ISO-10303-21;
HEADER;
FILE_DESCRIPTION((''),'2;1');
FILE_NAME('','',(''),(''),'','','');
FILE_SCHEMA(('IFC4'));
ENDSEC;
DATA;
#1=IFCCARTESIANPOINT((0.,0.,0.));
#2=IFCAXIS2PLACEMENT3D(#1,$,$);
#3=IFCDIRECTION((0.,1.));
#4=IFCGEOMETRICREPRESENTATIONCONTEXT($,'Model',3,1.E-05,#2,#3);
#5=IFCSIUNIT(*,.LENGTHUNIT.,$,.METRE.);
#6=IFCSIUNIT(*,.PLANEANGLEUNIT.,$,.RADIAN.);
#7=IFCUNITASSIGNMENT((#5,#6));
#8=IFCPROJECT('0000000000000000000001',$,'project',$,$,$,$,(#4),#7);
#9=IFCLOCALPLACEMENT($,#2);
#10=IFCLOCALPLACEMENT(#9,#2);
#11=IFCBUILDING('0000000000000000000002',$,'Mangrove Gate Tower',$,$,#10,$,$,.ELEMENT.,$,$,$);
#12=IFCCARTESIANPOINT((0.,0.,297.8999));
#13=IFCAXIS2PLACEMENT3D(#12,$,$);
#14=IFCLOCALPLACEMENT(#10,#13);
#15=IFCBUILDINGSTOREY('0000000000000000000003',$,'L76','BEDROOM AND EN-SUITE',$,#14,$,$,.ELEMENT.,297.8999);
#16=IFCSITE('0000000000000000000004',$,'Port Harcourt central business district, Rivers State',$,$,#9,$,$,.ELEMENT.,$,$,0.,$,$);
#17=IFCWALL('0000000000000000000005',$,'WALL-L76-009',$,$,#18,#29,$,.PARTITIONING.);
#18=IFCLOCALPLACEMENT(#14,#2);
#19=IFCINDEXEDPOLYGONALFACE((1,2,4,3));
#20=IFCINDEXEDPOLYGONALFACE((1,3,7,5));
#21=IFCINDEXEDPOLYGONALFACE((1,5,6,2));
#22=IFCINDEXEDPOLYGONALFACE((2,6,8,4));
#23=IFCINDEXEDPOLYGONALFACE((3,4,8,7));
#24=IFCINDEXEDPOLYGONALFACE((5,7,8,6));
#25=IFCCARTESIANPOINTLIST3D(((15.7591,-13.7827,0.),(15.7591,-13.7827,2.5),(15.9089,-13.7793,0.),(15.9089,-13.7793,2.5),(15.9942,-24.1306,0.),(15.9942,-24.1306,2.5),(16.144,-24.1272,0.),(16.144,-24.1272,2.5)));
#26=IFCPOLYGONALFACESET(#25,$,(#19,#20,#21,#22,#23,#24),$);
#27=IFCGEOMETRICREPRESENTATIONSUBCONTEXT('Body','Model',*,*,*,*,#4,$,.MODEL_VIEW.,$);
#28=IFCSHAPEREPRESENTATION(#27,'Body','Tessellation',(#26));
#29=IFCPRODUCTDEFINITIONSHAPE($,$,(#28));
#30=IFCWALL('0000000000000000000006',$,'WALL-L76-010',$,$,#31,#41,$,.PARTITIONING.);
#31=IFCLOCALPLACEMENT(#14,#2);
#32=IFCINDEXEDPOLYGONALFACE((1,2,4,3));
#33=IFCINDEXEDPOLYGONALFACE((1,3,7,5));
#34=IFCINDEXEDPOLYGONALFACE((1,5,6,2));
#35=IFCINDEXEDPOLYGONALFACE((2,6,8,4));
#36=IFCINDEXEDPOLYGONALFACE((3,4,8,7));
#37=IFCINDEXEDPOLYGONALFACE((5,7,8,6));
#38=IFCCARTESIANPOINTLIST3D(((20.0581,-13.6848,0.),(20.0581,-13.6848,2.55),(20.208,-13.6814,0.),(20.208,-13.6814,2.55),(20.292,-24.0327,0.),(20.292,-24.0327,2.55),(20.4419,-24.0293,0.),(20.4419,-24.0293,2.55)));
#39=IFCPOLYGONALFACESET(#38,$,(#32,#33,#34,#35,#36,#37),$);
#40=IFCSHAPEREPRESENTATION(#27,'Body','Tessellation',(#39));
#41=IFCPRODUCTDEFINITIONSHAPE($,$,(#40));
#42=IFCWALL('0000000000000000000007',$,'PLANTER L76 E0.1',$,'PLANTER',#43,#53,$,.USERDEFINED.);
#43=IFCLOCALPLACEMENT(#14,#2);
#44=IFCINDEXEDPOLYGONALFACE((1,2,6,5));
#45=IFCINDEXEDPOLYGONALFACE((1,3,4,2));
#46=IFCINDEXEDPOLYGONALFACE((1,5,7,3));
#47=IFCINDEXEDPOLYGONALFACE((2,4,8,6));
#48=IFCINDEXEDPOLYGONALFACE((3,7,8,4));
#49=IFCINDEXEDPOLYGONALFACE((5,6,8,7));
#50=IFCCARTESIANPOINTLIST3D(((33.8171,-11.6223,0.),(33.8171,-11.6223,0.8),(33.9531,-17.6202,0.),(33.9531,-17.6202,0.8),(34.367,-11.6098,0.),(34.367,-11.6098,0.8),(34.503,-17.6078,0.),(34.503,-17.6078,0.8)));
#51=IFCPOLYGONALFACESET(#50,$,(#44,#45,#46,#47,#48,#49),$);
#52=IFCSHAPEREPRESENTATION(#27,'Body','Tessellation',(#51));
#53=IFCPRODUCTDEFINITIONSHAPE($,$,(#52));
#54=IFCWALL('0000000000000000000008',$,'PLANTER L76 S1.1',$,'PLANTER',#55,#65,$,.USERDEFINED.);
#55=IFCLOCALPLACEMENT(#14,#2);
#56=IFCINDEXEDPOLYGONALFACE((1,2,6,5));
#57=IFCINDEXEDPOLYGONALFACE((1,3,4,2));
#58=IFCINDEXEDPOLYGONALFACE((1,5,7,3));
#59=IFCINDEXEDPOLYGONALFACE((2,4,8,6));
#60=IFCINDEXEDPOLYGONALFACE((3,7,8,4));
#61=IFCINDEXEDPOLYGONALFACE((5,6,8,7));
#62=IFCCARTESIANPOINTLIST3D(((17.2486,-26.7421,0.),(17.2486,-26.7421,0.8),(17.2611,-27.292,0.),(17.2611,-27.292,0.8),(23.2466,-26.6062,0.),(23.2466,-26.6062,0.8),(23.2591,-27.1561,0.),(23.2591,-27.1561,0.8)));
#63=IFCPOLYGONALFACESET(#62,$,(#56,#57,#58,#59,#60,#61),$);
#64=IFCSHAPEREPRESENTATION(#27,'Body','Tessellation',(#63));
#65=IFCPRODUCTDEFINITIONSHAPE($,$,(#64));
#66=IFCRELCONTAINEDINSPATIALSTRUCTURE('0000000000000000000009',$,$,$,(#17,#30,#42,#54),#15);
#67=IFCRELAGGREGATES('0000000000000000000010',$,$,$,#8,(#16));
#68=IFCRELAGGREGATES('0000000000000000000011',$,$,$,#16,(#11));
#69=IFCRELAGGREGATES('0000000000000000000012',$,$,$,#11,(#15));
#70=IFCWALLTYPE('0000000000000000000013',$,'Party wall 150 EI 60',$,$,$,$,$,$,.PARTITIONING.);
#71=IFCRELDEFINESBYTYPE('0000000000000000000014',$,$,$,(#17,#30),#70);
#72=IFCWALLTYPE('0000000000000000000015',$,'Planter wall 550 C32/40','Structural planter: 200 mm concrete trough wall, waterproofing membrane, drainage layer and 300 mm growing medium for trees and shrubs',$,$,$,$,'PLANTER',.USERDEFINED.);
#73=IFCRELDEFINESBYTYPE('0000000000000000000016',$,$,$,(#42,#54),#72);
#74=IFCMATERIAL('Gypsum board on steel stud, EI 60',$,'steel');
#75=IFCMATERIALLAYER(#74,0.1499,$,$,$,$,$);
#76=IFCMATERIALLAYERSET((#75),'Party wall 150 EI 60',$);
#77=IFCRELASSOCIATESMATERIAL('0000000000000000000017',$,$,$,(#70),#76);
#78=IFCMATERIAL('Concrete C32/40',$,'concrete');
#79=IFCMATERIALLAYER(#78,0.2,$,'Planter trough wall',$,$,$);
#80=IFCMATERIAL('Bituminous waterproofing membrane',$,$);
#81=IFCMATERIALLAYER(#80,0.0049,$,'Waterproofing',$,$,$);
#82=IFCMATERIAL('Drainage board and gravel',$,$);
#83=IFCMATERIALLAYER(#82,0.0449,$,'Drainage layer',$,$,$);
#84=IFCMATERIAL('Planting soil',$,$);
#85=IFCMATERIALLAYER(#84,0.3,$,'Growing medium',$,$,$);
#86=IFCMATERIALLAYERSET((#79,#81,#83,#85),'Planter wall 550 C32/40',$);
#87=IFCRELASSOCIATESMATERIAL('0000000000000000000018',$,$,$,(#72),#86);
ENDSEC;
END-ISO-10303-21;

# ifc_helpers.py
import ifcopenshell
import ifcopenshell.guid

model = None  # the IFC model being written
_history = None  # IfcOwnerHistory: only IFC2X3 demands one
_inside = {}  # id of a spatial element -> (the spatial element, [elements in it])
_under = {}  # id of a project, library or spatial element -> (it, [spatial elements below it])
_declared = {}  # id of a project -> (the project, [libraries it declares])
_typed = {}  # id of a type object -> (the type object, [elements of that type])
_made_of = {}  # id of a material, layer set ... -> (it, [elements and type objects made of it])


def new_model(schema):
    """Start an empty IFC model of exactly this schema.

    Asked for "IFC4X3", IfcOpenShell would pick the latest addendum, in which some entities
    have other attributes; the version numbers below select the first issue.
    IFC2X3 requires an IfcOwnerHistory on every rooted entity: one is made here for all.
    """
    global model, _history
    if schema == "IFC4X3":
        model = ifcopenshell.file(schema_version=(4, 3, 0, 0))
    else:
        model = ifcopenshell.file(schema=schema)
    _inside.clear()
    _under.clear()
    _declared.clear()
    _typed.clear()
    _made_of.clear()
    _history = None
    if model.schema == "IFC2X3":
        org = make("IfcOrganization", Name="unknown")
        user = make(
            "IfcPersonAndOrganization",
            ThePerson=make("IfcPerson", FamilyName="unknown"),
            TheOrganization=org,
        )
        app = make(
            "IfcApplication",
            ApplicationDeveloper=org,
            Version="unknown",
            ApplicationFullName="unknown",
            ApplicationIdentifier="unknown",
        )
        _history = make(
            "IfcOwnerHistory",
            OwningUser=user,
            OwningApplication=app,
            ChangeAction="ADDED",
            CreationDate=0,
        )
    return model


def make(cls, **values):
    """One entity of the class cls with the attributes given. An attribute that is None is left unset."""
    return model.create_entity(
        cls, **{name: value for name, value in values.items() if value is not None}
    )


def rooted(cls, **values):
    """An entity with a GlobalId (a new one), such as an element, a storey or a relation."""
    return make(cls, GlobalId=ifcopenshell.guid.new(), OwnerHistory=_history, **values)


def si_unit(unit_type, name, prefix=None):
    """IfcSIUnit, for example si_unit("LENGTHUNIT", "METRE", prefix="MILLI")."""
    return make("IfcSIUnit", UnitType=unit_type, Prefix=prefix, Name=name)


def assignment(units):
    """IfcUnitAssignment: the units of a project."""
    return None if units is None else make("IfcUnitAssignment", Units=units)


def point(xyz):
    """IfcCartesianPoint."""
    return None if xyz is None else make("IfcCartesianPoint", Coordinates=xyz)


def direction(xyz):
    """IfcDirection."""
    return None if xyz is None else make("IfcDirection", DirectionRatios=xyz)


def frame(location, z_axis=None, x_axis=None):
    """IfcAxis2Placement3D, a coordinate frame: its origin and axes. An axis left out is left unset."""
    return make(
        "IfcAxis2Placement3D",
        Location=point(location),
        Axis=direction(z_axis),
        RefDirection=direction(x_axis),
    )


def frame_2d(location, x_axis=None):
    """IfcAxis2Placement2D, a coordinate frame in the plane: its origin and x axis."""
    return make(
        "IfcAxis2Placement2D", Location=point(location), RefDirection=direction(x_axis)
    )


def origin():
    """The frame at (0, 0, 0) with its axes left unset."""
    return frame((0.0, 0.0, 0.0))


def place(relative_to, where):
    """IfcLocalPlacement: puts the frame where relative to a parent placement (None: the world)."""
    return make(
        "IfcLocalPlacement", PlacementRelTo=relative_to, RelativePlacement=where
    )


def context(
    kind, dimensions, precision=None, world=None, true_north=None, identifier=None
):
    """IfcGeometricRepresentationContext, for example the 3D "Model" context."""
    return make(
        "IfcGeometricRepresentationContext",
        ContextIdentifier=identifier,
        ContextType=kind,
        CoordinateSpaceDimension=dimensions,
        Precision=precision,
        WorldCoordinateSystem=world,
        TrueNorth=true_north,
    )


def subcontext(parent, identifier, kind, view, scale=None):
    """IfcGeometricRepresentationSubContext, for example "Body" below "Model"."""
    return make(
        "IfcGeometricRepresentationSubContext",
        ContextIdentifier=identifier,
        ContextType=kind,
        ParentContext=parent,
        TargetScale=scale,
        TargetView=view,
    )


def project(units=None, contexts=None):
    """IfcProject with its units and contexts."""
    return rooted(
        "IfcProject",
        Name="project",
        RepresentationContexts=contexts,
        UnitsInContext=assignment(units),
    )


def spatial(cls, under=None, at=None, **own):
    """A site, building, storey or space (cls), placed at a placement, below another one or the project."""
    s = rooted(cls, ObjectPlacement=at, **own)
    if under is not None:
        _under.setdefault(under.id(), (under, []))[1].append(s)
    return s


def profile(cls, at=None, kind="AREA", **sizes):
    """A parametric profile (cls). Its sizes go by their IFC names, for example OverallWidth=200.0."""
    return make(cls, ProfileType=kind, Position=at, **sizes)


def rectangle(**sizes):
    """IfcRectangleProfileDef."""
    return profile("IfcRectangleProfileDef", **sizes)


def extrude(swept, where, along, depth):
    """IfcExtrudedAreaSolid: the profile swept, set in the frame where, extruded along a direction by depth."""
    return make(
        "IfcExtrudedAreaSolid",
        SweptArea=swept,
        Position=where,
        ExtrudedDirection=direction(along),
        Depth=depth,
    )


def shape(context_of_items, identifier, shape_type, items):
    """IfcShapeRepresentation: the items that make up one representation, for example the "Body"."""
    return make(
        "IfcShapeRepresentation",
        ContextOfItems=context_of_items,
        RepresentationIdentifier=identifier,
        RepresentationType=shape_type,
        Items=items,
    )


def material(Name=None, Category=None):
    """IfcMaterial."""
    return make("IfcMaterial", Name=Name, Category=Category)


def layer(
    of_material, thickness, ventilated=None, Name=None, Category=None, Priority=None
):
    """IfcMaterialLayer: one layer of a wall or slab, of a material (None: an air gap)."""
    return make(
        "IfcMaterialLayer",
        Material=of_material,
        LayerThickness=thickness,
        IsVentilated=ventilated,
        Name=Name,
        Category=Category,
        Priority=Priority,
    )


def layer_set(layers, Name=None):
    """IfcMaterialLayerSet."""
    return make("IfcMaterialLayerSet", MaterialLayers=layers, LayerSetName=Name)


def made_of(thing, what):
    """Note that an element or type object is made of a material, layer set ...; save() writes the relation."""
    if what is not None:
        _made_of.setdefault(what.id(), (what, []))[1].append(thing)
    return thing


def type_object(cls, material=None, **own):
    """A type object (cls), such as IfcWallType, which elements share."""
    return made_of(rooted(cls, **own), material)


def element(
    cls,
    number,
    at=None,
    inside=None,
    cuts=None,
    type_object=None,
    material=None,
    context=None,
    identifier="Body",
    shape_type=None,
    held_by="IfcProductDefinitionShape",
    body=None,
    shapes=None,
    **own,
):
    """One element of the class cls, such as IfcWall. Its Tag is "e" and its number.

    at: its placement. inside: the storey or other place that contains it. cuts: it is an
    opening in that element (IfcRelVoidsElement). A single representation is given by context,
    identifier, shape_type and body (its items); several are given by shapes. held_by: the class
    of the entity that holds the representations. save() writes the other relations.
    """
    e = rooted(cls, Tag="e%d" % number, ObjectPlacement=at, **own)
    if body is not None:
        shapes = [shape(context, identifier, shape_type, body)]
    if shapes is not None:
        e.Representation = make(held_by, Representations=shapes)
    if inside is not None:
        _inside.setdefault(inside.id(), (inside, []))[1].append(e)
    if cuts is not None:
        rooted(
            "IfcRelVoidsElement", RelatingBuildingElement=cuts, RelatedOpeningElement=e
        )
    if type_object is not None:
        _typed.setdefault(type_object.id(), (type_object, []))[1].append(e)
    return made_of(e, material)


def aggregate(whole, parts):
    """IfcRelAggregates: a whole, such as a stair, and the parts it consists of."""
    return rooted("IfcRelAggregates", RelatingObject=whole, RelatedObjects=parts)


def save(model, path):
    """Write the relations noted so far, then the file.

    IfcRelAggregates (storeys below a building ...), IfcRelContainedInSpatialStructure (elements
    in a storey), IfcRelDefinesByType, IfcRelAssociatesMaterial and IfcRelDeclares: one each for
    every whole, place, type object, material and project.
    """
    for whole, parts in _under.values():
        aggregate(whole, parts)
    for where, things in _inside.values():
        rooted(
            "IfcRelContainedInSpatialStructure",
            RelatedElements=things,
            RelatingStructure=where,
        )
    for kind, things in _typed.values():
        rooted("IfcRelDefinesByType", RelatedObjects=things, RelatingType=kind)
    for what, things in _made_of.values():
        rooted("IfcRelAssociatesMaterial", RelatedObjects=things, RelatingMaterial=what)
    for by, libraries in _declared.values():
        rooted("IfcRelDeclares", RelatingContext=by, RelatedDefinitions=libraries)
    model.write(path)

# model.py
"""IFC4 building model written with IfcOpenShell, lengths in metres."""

from ifc_helpers import new_model, si_unit, direction, frame, frame_2d, origin, place, context, subcontext, project, spatial, rectangle, extrude, material, layer, layer_set, type_object, element, save


model = new_model("IFC4")

# Units and contexts
model_context = context("Model", 3, precision=1e-05, world=origin(), true_north=direction((0.0, 1.0)))
body_context = subcontext(model_context, "Body", "Model", "MODEL_VIEW")
ifc_project = project(units=[si_unit("LENGTHUNIT", "METRE"), si_unit("PLANEANGLEUNIT", "RADIAN")], contexts=[model_context])

# Site, building, storey
site_placement = place(None, origin())
site = spatial("IfcSite", under=ifc_project, at=site_placement, Name="Port Harcourt central business district, Rivers State", CompositionType="ELEMENT", RefElevation=0.0)
building_placement = place(site_placement, origin())
building = spatial("IfcBuilding", under=site, at=building_placement, Name="Mangrove Gate Tower", CompositionType="ELEMENT")
storey_placement = place(building_placement, frame((0.0, 0.0, 297.8999)))
storey = spatial("IfcBuildingStorey", under=building, at=storey_placement, Name="L76", Description="BEDROOM AND EN-SUITE", CompositionType="ELEMENT", Elevation=297.8999)

# Walls
ifc_material_1 = material(Name="Gypsum board on steel stud, EI 60", Category="steel")
ifc_layer_1 = layer(ifc_material_1, 0.1499)
ifc_layer_set_1 = layer_set([ifc_layer_1], Name="Party wall 150 EI 60")
wall_type_1 = type_object("IfcWallType", Name="Party wall 150 EI 60", PredefinedType="PARTITIONING", material=ifc_layer_set_1)
wall_1_placement = place(storey_placement, frame((16.0691, -24.1289, 0.0), z_axis=(0.0, 0.0, 1.0), x_axis=(-0.022714, 0.999742, 0.0)))
element("IfcWall", 1, at=wall_1_placement, inside=storey, type_object=wall_type_1, Name="WALL-L76-009", PredefinedType="PARTITIONING", context=body_context, shape_type="SweptSolid", body=[
    extrude(rectangle(XDim=10.3506, YDim=0.1499, at=frame_2d((5.1753, 0.0))), origin(), (0.0, 0.0, 1.0), 2.5),
])
wall_2_placement = place(storey_placement, frame((20.3669, -24.031, 0.0), z_axis=(0.0, 0.0, 1.0), x_axis=(-0.022597, 0.999745, 0.0)))
element("IfcWall", 2, at=wall_2_placement, inside=storey, type_object=wall_type_1, Name="WALL-L76-010", PredefinedType="PARTITIONING", context=body_context, shape_type="SweptSolid", body=[
    extrude(rectangle(XDim=10.3506, YDim=0.1499, at=frame_2d((5.1753, 0.0))), origin(), (0.0, 0.0, 1.0), 2.55),
])
ifc_material_2 = material(Name="Concrete C32/40", Category="concrete")
ifc_layer_2 = layer(ifc_material_2, 0.2, Name="Planter trough wall")
ifc_material_3 = material(Name="Bituminous waterproofing membrane")
ifc_layer_3 = layer(ifc_material_3, 0.0049, Name="Waterproofing")
ifc_material_4 = material(Name="Drainage board and gravel")
ifc_layer_4 = layer(ifc_material_4, 0.0449, Name="Drainage layer")
ifc_material_5 = material(Name="Planting soil")
ifc_layer_5 = layer(ifc_material_5, 0.3, Name="Growing medium")
ifc_layer_set_2 = layer_set([ifc_layer_2, ifc_layer_3, ifc_layer_4, ifc_layer_5], Name="Planter wall 550 C32/40")
wall_type_2 = type_object("IfcWallType", Name="Planter wall 550 C32/40", Description="Structural planter: 200 mm concrete trough wall, waterproofing membrane, drainage layer and 300 mm growing medium for trees and shrubs", ElementType="PLANTER", PredefinedType="USERDEFINED", material=ifc_layer_set_2)
for number, where, z_axis, x_axis, name in (
    (3, (34.228, -17.614, 0.0), (0.0, 0.0, 1.0), (-0.022666, 0.999743, 0.0), "PLANTER L76 E0.1"),
    (4, (17.2549, -27.0171, 0.0), (0.0, 0.0, 1.0), (0.999743, 0.022666, 0.0), "PLANTER L76 S1.1"),
):
    element("IfcWall", number, at=place(storey_placement, frame(where, z_axis=z_axis, x_axis=x_axis)), inside=storey, type_object=wall_type_2, Name=name, ObjectType="PLANTER", PredefinedType="USERDEFINED", context=body_context, shape_type="SweptSolid", body=[
        extrude(rectangle(XDim=5.9995, YDim=0.55, at=frame_2d((2.9998, 0.0))), origin(), (0.0, 0.0, 1.0), 0.8),
    ])

save(model, "model.ifc")
